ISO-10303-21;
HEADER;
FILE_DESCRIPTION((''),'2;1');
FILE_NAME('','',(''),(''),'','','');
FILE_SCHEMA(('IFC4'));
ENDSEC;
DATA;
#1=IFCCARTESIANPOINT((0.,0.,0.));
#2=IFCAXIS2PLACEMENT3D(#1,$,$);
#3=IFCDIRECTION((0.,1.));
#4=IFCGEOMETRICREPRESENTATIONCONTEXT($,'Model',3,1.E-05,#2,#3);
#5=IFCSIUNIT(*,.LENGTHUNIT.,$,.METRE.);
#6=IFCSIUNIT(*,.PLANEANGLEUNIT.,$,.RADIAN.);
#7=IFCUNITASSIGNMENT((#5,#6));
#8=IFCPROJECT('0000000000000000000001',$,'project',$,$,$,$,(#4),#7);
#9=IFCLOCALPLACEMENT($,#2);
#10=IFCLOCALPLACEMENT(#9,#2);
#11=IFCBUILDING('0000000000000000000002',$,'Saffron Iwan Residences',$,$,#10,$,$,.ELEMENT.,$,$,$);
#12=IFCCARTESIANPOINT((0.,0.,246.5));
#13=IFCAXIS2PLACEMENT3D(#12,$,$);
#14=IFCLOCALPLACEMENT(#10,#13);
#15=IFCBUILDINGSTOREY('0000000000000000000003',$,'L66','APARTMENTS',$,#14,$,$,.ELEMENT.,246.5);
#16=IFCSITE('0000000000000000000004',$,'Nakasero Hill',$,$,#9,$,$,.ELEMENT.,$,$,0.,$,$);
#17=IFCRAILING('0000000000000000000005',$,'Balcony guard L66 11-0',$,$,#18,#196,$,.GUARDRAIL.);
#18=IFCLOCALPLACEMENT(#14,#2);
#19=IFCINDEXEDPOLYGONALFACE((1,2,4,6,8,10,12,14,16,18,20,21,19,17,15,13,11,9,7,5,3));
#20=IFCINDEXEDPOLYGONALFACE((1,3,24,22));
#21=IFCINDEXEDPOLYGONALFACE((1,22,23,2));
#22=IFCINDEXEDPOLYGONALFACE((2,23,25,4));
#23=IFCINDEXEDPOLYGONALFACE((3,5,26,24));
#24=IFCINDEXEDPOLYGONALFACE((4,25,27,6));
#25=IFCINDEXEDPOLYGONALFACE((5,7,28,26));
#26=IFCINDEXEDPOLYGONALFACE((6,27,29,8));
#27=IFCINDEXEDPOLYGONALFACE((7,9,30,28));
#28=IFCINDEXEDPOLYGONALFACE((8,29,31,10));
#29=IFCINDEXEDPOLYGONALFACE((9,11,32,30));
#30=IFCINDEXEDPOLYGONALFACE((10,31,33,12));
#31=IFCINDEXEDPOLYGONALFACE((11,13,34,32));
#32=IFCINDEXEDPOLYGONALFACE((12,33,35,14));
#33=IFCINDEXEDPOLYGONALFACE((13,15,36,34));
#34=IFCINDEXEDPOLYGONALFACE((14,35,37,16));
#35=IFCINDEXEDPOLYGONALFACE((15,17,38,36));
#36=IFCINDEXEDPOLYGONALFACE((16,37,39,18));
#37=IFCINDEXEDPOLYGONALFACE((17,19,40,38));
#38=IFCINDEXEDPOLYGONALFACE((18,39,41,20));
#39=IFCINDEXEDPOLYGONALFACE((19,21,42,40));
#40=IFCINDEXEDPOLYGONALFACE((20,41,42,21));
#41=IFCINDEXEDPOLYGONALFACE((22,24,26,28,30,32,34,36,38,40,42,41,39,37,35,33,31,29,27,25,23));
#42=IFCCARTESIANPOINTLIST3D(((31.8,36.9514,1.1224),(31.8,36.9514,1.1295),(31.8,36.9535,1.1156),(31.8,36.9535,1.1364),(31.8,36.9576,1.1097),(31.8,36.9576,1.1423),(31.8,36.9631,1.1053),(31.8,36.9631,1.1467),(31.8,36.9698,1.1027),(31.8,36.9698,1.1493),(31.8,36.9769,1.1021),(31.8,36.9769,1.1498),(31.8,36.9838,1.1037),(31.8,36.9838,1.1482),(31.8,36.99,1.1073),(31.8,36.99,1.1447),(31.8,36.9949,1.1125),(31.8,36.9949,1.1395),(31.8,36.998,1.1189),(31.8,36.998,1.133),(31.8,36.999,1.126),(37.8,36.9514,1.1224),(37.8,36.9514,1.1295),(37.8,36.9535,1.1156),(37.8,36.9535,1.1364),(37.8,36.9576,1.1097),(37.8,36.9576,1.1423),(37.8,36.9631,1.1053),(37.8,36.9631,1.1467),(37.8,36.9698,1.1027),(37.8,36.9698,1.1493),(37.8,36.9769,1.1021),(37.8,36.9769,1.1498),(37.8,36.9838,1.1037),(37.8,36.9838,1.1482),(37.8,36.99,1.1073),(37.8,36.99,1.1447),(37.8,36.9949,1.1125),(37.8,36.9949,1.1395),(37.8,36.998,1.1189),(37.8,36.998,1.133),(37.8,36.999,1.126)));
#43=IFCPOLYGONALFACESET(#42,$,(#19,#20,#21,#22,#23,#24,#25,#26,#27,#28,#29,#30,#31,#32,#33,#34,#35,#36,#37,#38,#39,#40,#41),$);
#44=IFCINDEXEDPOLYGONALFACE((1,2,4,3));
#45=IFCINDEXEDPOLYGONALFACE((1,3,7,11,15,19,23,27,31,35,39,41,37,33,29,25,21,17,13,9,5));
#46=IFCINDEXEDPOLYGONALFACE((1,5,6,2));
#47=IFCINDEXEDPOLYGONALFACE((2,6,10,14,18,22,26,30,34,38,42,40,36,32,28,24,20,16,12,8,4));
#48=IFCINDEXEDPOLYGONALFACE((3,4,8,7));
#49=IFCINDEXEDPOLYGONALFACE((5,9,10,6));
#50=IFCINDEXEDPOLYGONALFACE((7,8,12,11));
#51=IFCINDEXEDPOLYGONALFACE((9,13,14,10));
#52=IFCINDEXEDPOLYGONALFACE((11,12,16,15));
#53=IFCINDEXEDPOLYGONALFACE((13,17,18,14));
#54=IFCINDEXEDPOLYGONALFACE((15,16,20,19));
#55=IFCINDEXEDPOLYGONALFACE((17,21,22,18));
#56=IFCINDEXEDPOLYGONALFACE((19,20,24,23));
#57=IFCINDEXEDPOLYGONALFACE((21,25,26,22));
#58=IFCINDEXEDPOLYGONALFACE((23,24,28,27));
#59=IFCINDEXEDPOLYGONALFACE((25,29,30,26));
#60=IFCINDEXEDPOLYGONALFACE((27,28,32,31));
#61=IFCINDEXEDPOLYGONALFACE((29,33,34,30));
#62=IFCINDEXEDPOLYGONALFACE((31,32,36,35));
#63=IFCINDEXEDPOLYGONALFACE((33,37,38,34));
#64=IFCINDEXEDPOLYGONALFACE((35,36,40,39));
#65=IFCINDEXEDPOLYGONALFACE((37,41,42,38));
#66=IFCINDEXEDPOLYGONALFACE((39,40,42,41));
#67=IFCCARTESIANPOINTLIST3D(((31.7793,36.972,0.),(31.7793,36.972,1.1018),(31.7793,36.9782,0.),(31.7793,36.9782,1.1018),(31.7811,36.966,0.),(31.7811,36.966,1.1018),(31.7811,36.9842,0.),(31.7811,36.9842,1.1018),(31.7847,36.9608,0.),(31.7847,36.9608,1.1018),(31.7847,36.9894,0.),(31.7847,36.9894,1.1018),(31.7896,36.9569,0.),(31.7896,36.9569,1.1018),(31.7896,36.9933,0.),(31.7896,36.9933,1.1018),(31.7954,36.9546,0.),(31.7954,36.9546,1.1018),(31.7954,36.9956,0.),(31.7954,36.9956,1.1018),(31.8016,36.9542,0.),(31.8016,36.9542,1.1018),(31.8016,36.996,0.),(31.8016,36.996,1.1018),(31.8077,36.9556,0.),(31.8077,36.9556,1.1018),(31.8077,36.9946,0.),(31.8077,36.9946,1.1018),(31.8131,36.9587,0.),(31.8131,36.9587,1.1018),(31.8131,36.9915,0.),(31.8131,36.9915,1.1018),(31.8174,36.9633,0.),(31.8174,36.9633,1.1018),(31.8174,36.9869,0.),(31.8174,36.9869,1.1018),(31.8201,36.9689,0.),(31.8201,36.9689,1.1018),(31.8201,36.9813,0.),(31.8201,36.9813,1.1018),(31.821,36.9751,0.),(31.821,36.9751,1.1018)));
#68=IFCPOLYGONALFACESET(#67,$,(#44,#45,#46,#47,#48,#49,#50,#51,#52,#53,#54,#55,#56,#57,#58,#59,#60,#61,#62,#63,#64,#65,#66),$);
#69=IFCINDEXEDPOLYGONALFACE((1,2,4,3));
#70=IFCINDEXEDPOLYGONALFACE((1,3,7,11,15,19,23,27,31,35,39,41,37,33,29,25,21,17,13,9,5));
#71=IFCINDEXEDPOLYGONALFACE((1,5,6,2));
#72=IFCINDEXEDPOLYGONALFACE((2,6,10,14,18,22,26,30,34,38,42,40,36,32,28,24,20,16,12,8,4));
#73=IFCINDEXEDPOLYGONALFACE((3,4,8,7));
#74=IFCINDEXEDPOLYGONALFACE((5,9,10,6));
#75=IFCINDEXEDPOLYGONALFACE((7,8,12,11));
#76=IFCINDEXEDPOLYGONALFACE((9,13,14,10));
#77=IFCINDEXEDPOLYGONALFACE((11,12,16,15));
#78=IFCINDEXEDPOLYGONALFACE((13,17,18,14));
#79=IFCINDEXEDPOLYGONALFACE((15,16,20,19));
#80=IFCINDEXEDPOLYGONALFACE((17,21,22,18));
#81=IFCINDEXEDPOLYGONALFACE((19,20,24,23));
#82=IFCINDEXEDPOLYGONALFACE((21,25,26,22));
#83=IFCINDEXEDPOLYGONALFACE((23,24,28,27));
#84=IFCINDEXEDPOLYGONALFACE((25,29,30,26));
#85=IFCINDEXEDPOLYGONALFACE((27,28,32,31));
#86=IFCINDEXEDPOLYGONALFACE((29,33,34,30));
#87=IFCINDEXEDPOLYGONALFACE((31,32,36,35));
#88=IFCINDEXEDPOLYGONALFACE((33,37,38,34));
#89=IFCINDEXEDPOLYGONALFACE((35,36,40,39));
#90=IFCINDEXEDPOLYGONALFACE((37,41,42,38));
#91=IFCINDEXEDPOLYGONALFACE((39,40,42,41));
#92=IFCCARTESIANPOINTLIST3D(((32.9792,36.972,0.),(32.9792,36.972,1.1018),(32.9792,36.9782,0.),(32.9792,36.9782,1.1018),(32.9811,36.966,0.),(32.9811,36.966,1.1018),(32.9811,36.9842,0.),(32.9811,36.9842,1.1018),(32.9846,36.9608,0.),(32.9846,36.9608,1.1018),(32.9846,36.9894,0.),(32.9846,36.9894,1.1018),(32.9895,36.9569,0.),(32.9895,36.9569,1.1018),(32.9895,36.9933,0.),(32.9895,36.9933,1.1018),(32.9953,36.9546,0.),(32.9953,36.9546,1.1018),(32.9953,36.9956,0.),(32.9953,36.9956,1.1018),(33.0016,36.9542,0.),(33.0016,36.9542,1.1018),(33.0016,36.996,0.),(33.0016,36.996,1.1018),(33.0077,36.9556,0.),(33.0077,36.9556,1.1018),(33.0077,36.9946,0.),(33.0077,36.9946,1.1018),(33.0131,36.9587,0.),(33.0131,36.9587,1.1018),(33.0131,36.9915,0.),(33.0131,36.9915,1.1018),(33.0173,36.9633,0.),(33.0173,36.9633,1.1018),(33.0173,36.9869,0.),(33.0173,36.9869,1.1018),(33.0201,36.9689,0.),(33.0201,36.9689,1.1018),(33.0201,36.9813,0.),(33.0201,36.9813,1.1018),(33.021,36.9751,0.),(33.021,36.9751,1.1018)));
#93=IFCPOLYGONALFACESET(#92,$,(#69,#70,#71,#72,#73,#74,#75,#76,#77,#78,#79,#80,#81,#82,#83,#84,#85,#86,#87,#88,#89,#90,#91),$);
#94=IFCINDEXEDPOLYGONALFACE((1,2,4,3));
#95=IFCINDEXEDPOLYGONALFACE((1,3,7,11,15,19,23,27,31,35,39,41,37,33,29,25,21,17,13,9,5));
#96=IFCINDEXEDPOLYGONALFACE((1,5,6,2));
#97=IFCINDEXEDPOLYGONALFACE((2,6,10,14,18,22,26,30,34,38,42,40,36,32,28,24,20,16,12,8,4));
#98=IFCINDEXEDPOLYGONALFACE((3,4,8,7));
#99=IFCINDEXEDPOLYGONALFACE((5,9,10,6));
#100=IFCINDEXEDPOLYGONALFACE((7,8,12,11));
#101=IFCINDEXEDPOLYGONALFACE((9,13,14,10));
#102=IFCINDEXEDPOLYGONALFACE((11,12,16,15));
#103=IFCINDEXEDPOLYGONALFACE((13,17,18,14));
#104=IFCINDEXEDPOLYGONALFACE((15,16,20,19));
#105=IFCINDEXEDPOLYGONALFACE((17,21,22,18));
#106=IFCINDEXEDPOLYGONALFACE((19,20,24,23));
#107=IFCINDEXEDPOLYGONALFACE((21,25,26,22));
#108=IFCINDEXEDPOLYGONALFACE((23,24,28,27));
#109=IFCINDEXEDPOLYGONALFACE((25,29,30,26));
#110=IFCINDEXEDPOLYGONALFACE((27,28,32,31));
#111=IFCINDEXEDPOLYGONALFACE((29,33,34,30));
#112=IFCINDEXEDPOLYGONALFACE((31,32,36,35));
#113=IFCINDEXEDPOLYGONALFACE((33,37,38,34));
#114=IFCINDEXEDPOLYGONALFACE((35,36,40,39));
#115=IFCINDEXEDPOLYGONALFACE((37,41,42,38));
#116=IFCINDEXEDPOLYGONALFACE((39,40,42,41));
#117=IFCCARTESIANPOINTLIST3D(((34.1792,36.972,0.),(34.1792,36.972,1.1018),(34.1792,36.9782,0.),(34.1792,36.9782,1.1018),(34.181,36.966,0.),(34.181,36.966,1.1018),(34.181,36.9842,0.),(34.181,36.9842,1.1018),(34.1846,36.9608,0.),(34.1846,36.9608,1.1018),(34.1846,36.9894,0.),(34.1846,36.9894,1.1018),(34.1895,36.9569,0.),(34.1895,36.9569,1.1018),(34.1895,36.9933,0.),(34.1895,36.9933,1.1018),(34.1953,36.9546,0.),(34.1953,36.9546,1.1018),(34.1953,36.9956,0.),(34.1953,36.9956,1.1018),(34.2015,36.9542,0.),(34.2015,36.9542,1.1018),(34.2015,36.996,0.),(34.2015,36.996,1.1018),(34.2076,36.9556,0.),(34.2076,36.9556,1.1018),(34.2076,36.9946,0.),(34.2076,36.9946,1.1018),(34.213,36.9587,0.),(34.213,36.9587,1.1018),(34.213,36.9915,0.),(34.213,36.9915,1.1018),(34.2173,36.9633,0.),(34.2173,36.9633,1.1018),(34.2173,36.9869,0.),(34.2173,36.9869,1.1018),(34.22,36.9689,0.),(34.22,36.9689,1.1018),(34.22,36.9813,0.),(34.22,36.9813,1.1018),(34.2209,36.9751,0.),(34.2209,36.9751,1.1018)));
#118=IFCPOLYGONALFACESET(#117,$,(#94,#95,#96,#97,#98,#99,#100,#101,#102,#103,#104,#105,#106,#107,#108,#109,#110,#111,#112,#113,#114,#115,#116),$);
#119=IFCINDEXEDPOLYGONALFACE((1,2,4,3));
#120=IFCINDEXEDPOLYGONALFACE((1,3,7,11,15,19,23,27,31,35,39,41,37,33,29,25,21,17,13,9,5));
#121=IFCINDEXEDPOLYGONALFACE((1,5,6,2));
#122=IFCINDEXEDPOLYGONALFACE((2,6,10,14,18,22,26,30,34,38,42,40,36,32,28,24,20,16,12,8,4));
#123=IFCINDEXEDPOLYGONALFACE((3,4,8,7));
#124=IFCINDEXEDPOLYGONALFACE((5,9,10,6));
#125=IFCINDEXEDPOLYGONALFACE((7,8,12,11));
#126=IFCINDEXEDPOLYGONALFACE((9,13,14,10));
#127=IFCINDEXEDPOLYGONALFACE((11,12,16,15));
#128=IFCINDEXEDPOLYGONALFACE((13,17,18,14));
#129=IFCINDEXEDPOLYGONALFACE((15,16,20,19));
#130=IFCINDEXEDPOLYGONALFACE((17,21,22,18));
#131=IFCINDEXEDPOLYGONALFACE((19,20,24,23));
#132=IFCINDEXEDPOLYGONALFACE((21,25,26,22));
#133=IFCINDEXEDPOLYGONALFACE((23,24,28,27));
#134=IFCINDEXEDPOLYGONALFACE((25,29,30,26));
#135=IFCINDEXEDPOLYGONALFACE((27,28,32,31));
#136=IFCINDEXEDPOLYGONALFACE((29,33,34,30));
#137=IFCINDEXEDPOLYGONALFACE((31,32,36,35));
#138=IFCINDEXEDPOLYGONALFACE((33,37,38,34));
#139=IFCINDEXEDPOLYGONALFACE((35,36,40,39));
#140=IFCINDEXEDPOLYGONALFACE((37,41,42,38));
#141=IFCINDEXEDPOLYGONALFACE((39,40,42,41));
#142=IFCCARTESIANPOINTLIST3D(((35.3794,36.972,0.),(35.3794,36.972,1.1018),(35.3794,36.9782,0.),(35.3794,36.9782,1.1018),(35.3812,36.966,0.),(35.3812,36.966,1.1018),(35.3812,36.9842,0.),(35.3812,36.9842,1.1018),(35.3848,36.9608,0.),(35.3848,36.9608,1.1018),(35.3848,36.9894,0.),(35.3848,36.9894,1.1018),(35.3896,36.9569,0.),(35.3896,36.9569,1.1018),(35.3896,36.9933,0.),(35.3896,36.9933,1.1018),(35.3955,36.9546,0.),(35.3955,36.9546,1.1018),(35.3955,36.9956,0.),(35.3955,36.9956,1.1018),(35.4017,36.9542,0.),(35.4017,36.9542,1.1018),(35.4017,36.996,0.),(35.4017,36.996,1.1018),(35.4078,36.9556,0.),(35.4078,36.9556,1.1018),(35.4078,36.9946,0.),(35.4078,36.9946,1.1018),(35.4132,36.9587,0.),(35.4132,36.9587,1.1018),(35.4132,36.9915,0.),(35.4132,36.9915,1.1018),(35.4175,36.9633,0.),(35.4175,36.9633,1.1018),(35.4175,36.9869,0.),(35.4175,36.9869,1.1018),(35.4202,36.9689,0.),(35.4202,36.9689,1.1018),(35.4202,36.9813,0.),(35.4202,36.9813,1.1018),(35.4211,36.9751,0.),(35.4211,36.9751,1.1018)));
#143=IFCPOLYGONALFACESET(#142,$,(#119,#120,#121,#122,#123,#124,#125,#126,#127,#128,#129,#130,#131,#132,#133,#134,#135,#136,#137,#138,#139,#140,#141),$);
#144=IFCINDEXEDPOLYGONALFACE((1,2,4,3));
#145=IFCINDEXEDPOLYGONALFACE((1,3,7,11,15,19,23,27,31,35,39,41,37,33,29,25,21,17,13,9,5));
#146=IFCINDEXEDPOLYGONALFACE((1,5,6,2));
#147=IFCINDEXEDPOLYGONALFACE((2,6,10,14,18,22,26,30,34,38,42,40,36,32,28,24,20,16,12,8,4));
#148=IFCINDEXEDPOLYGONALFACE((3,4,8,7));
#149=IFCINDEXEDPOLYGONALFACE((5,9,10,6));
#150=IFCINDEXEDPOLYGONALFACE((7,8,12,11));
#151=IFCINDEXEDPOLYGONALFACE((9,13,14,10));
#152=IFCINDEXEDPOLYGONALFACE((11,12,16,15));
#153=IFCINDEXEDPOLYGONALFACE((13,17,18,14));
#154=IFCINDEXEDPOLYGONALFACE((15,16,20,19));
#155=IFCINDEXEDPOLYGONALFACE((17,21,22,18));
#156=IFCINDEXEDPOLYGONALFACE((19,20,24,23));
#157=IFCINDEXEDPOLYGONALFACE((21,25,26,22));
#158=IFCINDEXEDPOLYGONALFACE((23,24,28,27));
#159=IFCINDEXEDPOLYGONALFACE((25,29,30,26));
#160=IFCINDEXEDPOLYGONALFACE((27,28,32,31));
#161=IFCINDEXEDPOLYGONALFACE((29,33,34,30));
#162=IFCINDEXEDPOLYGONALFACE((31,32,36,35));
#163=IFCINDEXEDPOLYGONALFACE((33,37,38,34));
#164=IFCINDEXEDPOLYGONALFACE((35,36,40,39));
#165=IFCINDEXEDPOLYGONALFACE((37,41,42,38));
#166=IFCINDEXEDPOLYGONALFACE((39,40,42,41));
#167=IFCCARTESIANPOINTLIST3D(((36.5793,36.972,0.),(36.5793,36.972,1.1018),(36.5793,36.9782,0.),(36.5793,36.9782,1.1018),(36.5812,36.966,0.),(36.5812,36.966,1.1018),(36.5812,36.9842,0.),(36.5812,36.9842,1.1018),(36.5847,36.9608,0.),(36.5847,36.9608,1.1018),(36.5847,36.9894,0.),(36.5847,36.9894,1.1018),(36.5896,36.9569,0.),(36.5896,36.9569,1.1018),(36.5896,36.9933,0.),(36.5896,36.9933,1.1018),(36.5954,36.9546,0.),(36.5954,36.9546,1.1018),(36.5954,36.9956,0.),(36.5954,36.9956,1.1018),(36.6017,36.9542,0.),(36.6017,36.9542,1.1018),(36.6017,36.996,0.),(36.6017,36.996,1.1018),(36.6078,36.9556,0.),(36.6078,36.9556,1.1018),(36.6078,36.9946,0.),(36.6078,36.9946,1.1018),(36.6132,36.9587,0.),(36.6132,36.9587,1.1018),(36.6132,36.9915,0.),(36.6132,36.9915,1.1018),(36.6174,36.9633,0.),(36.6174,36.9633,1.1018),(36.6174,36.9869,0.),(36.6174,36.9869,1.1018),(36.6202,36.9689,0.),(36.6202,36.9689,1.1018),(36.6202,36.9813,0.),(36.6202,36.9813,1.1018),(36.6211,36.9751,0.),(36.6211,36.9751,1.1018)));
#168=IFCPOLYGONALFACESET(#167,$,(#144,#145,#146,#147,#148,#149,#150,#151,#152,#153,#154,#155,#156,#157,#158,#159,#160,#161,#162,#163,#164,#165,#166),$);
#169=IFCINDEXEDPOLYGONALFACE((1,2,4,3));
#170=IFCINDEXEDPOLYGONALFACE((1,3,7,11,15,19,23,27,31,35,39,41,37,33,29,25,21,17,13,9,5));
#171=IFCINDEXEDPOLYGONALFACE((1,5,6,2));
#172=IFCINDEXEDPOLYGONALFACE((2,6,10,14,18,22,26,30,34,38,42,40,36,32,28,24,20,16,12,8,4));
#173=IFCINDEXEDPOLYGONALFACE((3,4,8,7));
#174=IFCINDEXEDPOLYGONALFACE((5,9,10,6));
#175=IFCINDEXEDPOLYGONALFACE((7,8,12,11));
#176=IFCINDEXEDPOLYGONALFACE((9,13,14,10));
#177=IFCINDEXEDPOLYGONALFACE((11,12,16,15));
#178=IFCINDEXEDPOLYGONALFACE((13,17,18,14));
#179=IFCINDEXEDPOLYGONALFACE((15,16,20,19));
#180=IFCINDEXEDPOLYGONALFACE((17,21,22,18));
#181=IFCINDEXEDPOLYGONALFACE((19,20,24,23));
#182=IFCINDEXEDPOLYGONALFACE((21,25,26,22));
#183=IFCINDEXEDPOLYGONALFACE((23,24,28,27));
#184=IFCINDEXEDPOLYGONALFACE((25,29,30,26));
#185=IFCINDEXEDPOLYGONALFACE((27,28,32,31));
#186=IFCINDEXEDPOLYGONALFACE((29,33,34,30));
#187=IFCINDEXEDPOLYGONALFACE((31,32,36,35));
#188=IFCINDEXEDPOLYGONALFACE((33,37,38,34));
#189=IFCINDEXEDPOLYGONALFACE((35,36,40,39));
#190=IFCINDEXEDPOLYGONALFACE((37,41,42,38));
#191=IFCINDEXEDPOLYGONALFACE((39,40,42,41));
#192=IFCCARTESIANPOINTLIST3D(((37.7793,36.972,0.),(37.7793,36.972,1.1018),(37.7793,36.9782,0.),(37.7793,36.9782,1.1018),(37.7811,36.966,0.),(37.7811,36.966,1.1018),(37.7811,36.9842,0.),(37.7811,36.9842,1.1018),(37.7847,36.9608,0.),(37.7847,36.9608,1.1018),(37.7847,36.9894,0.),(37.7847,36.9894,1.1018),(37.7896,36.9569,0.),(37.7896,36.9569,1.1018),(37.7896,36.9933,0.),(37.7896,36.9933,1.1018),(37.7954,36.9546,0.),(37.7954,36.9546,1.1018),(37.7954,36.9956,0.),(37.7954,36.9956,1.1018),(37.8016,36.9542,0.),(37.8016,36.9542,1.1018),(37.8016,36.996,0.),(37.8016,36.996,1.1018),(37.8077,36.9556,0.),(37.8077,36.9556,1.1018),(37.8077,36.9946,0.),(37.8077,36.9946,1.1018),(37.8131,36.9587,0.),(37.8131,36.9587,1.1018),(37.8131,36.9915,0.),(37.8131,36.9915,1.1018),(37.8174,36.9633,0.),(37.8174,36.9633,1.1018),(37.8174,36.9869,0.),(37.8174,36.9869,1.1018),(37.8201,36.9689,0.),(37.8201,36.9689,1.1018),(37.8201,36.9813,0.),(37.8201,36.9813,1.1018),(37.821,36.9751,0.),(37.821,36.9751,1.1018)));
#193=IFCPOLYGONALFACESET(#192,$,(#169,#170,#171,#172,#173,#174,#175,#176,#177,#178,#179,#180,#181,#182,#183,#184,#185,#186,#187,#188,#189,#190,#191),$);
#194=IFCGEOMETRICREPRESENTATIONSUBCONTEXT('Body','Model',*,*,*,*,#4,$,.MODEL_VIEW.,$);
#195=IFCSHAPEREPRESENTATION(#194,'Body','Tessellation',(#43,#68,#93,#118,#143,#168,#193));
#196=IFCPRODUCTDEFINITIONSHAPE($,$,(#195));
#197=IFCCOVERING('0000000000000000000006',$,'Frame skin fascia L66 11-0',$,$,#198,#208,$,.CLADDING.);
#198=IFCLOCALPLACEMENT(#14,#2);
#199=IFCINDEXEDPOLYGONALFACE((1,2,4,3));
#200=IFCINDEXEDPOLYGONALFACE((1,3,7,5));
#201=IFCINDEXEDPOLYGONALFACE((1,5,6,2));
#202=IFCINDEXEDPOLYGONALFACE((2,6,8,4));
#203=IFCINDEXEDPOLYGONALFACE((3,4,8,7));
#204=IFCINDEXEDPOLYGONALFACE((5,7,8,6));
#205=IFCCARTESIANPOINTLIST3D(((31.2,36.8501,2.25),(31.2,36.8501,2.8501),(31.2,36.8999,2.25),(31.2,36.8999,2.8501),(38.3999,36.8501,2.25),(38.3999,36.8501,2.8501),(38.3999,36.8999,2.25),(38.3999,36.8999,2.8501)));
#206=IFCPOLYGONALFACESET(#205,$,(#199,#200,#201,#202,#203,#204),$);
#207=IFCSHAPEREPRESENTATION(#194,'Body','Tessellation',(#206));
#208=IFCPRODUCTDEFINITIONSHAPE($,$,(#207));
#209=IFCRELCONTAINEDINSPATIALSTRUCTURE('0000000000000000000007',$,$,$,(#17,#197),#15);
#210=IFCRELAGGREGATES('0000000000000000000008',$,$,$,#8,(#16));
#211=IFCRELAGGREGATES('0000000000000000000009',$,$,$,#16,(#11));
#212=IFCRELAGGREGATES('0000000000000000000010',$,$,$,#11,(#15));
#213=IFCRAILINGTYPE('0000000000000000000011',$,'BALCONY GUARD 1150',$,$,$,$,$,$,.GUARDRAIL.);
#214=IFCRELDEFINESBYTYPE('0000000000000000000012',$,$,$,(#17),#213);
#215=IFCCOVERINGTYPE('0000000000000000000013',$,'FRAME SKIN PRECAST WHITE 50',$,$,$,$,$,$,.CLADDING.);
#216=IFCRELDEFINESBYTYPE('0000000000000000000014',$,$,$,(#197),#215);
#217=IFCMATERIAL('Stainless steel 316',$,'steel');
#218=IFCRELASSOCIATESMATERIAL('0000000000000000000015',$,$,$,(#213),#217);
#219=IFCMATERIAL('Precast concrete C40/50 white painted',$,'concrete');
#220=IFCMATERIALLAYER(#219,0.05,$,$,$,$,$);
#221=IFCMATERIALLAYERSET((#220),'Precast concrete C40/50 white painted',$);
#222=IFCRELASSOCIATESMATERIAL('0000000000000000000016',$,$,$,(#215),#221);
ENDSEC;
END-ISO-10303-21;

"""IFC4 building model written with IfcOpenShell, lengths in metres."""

from ifc_helpers import new_model, si_unit, direction, frame, origin, origin_2d, place, context, subcontext, project, spatial, polyline, circle, outline, extrude, material, layer, layer_set, type_object, element, save


model = new_model("IFC4")

# Units and contexts
model_context = context("Model", 3, precision=1e-05, world=origin(), true_north=direction((0.0, 1.0)))
body_context = subcontext(model_context, "Body", "Model", "MODEL_VIEW")
ifc_project = project(units=[si_unit("LENGTHUNIT", "METRE"), si_unit("PLANEANGLEUNIT", "RADIAN")], contexts=[model_context])

# Site, building, storey
site_placement = place(None, origin())
site = spatial("IfcSite", under=ifc_project, at=site_placement, Name="Nakasero Hill", CompositionType="ELEMENT", RefElevation=0.0)
building_placement = place(site_placement, origin())
building = spatial("IfcBuilding", under=site, at=building_placement, Name="Saffron Iwan Residences", CompositionType="ELEMENT")
storey_placement = place(building_placement, frame((0.0, 0.0, 246.5)))
storey = spatial("IfcBuildingStorey", under=building, at=storey_placement, Name="L66", Description="APARTMENTS", CompositionType="ELEMENT", Elevation=246.5)

# Railing
ifc_material_1 = material(Name="Stainless steel 316", Category="steel")
railing_type = type_object("IfcRailingType", Name="BALCONY GUARD 1150", PredefinedType="GUARDRAIL", material=ifc_material_1)
railing_placement = place(storey_placement, frame((31.8, 36.9751, 0.0)))
element("IfcRailing", 1, at=railing_placement, inside=storey, type_object=railing_type, Name="Balcony guard L66 11-0", PredefinedType="GUARDRAIL", context=body_context, shape_type="SweptSolid", body=[
    extrude(circle(Radius=0.0239, at=origin_2d()), frame((0.0, 0.0, 1.126), z_axis=(1.0, 0.0, 0.0), x_axis=(0.0, 1.0, 0.0)), (0.0, 0.0, 1.0), 6.0),
    extrude(circle(Radius=0.021, at=origin_2d()), origin(), (0.0, 0.0, 1.0), 1.1018),
    extrude(circle(Radius=0.021, at=origin_2d()), frame((1.2, 0.0, 0.0)), (0.0, 0.0, 1.0), 1.1018),
    extrude(circle(Radius=0.021, at=origin_2d()), frame((2.3999, 0.0, 0.0)), (0.0, 0.0, 1.0), 1.1018),
    extrude(circle(Radius=0.021, at=origin_2d()), frame((3.6001, 0.0, 0.0)), (0.0, 0.0, 1.0), 1.1018),
    extrude(circle(Radius=0.021, at=origin_2d()), frame((4.8, 0.0, 0.0)), (0.0, 0.0, 1.0), 1.1018),
    extrude(circle(Radius=0.021, at=origin_2d()), frame((6.0, 0.0, 0.0)), (0.0, 0.0, 1.0), 1.1018),
])

# Covering
ifc_material_2 = material(Name="Precast concrete C40/50 white painted", Category="concrete")
ifc_layer_1 = layer(ifc_material_2, 0.05)
ifc_layer_set_1 = layer_set([ifc_layer_1], Name="Precast concrete C40/50 white painted")
covering_type = type_object("IfcCoveringType", Name="FRAME SKIN PRECAST WHITE 50", PredefinedType="CLADDING", material=ifc_layer_set_1)
covering_1_placement = place(storey_placement, frame((0.0, 0.0, 2.25)))
element("IfcCovering", 2, at=covering_1_placement, inside=storey, type_object=covering_type, Name="Frame skin fascia L66 11-0", PredefinedType="CLADDING", context=body_context, shape_type="SweptSolid", body=[
    extrude(outline(polyline([(31.2, 36.8501), (38.3999, 36.8501), (38.3999, 36.8999), (31.2, 36.8999), (31.2, 36.8501)])), origin(), (0.0, 0.0, 1.0), 0.6001),
])

save(model, "model.ifc")
